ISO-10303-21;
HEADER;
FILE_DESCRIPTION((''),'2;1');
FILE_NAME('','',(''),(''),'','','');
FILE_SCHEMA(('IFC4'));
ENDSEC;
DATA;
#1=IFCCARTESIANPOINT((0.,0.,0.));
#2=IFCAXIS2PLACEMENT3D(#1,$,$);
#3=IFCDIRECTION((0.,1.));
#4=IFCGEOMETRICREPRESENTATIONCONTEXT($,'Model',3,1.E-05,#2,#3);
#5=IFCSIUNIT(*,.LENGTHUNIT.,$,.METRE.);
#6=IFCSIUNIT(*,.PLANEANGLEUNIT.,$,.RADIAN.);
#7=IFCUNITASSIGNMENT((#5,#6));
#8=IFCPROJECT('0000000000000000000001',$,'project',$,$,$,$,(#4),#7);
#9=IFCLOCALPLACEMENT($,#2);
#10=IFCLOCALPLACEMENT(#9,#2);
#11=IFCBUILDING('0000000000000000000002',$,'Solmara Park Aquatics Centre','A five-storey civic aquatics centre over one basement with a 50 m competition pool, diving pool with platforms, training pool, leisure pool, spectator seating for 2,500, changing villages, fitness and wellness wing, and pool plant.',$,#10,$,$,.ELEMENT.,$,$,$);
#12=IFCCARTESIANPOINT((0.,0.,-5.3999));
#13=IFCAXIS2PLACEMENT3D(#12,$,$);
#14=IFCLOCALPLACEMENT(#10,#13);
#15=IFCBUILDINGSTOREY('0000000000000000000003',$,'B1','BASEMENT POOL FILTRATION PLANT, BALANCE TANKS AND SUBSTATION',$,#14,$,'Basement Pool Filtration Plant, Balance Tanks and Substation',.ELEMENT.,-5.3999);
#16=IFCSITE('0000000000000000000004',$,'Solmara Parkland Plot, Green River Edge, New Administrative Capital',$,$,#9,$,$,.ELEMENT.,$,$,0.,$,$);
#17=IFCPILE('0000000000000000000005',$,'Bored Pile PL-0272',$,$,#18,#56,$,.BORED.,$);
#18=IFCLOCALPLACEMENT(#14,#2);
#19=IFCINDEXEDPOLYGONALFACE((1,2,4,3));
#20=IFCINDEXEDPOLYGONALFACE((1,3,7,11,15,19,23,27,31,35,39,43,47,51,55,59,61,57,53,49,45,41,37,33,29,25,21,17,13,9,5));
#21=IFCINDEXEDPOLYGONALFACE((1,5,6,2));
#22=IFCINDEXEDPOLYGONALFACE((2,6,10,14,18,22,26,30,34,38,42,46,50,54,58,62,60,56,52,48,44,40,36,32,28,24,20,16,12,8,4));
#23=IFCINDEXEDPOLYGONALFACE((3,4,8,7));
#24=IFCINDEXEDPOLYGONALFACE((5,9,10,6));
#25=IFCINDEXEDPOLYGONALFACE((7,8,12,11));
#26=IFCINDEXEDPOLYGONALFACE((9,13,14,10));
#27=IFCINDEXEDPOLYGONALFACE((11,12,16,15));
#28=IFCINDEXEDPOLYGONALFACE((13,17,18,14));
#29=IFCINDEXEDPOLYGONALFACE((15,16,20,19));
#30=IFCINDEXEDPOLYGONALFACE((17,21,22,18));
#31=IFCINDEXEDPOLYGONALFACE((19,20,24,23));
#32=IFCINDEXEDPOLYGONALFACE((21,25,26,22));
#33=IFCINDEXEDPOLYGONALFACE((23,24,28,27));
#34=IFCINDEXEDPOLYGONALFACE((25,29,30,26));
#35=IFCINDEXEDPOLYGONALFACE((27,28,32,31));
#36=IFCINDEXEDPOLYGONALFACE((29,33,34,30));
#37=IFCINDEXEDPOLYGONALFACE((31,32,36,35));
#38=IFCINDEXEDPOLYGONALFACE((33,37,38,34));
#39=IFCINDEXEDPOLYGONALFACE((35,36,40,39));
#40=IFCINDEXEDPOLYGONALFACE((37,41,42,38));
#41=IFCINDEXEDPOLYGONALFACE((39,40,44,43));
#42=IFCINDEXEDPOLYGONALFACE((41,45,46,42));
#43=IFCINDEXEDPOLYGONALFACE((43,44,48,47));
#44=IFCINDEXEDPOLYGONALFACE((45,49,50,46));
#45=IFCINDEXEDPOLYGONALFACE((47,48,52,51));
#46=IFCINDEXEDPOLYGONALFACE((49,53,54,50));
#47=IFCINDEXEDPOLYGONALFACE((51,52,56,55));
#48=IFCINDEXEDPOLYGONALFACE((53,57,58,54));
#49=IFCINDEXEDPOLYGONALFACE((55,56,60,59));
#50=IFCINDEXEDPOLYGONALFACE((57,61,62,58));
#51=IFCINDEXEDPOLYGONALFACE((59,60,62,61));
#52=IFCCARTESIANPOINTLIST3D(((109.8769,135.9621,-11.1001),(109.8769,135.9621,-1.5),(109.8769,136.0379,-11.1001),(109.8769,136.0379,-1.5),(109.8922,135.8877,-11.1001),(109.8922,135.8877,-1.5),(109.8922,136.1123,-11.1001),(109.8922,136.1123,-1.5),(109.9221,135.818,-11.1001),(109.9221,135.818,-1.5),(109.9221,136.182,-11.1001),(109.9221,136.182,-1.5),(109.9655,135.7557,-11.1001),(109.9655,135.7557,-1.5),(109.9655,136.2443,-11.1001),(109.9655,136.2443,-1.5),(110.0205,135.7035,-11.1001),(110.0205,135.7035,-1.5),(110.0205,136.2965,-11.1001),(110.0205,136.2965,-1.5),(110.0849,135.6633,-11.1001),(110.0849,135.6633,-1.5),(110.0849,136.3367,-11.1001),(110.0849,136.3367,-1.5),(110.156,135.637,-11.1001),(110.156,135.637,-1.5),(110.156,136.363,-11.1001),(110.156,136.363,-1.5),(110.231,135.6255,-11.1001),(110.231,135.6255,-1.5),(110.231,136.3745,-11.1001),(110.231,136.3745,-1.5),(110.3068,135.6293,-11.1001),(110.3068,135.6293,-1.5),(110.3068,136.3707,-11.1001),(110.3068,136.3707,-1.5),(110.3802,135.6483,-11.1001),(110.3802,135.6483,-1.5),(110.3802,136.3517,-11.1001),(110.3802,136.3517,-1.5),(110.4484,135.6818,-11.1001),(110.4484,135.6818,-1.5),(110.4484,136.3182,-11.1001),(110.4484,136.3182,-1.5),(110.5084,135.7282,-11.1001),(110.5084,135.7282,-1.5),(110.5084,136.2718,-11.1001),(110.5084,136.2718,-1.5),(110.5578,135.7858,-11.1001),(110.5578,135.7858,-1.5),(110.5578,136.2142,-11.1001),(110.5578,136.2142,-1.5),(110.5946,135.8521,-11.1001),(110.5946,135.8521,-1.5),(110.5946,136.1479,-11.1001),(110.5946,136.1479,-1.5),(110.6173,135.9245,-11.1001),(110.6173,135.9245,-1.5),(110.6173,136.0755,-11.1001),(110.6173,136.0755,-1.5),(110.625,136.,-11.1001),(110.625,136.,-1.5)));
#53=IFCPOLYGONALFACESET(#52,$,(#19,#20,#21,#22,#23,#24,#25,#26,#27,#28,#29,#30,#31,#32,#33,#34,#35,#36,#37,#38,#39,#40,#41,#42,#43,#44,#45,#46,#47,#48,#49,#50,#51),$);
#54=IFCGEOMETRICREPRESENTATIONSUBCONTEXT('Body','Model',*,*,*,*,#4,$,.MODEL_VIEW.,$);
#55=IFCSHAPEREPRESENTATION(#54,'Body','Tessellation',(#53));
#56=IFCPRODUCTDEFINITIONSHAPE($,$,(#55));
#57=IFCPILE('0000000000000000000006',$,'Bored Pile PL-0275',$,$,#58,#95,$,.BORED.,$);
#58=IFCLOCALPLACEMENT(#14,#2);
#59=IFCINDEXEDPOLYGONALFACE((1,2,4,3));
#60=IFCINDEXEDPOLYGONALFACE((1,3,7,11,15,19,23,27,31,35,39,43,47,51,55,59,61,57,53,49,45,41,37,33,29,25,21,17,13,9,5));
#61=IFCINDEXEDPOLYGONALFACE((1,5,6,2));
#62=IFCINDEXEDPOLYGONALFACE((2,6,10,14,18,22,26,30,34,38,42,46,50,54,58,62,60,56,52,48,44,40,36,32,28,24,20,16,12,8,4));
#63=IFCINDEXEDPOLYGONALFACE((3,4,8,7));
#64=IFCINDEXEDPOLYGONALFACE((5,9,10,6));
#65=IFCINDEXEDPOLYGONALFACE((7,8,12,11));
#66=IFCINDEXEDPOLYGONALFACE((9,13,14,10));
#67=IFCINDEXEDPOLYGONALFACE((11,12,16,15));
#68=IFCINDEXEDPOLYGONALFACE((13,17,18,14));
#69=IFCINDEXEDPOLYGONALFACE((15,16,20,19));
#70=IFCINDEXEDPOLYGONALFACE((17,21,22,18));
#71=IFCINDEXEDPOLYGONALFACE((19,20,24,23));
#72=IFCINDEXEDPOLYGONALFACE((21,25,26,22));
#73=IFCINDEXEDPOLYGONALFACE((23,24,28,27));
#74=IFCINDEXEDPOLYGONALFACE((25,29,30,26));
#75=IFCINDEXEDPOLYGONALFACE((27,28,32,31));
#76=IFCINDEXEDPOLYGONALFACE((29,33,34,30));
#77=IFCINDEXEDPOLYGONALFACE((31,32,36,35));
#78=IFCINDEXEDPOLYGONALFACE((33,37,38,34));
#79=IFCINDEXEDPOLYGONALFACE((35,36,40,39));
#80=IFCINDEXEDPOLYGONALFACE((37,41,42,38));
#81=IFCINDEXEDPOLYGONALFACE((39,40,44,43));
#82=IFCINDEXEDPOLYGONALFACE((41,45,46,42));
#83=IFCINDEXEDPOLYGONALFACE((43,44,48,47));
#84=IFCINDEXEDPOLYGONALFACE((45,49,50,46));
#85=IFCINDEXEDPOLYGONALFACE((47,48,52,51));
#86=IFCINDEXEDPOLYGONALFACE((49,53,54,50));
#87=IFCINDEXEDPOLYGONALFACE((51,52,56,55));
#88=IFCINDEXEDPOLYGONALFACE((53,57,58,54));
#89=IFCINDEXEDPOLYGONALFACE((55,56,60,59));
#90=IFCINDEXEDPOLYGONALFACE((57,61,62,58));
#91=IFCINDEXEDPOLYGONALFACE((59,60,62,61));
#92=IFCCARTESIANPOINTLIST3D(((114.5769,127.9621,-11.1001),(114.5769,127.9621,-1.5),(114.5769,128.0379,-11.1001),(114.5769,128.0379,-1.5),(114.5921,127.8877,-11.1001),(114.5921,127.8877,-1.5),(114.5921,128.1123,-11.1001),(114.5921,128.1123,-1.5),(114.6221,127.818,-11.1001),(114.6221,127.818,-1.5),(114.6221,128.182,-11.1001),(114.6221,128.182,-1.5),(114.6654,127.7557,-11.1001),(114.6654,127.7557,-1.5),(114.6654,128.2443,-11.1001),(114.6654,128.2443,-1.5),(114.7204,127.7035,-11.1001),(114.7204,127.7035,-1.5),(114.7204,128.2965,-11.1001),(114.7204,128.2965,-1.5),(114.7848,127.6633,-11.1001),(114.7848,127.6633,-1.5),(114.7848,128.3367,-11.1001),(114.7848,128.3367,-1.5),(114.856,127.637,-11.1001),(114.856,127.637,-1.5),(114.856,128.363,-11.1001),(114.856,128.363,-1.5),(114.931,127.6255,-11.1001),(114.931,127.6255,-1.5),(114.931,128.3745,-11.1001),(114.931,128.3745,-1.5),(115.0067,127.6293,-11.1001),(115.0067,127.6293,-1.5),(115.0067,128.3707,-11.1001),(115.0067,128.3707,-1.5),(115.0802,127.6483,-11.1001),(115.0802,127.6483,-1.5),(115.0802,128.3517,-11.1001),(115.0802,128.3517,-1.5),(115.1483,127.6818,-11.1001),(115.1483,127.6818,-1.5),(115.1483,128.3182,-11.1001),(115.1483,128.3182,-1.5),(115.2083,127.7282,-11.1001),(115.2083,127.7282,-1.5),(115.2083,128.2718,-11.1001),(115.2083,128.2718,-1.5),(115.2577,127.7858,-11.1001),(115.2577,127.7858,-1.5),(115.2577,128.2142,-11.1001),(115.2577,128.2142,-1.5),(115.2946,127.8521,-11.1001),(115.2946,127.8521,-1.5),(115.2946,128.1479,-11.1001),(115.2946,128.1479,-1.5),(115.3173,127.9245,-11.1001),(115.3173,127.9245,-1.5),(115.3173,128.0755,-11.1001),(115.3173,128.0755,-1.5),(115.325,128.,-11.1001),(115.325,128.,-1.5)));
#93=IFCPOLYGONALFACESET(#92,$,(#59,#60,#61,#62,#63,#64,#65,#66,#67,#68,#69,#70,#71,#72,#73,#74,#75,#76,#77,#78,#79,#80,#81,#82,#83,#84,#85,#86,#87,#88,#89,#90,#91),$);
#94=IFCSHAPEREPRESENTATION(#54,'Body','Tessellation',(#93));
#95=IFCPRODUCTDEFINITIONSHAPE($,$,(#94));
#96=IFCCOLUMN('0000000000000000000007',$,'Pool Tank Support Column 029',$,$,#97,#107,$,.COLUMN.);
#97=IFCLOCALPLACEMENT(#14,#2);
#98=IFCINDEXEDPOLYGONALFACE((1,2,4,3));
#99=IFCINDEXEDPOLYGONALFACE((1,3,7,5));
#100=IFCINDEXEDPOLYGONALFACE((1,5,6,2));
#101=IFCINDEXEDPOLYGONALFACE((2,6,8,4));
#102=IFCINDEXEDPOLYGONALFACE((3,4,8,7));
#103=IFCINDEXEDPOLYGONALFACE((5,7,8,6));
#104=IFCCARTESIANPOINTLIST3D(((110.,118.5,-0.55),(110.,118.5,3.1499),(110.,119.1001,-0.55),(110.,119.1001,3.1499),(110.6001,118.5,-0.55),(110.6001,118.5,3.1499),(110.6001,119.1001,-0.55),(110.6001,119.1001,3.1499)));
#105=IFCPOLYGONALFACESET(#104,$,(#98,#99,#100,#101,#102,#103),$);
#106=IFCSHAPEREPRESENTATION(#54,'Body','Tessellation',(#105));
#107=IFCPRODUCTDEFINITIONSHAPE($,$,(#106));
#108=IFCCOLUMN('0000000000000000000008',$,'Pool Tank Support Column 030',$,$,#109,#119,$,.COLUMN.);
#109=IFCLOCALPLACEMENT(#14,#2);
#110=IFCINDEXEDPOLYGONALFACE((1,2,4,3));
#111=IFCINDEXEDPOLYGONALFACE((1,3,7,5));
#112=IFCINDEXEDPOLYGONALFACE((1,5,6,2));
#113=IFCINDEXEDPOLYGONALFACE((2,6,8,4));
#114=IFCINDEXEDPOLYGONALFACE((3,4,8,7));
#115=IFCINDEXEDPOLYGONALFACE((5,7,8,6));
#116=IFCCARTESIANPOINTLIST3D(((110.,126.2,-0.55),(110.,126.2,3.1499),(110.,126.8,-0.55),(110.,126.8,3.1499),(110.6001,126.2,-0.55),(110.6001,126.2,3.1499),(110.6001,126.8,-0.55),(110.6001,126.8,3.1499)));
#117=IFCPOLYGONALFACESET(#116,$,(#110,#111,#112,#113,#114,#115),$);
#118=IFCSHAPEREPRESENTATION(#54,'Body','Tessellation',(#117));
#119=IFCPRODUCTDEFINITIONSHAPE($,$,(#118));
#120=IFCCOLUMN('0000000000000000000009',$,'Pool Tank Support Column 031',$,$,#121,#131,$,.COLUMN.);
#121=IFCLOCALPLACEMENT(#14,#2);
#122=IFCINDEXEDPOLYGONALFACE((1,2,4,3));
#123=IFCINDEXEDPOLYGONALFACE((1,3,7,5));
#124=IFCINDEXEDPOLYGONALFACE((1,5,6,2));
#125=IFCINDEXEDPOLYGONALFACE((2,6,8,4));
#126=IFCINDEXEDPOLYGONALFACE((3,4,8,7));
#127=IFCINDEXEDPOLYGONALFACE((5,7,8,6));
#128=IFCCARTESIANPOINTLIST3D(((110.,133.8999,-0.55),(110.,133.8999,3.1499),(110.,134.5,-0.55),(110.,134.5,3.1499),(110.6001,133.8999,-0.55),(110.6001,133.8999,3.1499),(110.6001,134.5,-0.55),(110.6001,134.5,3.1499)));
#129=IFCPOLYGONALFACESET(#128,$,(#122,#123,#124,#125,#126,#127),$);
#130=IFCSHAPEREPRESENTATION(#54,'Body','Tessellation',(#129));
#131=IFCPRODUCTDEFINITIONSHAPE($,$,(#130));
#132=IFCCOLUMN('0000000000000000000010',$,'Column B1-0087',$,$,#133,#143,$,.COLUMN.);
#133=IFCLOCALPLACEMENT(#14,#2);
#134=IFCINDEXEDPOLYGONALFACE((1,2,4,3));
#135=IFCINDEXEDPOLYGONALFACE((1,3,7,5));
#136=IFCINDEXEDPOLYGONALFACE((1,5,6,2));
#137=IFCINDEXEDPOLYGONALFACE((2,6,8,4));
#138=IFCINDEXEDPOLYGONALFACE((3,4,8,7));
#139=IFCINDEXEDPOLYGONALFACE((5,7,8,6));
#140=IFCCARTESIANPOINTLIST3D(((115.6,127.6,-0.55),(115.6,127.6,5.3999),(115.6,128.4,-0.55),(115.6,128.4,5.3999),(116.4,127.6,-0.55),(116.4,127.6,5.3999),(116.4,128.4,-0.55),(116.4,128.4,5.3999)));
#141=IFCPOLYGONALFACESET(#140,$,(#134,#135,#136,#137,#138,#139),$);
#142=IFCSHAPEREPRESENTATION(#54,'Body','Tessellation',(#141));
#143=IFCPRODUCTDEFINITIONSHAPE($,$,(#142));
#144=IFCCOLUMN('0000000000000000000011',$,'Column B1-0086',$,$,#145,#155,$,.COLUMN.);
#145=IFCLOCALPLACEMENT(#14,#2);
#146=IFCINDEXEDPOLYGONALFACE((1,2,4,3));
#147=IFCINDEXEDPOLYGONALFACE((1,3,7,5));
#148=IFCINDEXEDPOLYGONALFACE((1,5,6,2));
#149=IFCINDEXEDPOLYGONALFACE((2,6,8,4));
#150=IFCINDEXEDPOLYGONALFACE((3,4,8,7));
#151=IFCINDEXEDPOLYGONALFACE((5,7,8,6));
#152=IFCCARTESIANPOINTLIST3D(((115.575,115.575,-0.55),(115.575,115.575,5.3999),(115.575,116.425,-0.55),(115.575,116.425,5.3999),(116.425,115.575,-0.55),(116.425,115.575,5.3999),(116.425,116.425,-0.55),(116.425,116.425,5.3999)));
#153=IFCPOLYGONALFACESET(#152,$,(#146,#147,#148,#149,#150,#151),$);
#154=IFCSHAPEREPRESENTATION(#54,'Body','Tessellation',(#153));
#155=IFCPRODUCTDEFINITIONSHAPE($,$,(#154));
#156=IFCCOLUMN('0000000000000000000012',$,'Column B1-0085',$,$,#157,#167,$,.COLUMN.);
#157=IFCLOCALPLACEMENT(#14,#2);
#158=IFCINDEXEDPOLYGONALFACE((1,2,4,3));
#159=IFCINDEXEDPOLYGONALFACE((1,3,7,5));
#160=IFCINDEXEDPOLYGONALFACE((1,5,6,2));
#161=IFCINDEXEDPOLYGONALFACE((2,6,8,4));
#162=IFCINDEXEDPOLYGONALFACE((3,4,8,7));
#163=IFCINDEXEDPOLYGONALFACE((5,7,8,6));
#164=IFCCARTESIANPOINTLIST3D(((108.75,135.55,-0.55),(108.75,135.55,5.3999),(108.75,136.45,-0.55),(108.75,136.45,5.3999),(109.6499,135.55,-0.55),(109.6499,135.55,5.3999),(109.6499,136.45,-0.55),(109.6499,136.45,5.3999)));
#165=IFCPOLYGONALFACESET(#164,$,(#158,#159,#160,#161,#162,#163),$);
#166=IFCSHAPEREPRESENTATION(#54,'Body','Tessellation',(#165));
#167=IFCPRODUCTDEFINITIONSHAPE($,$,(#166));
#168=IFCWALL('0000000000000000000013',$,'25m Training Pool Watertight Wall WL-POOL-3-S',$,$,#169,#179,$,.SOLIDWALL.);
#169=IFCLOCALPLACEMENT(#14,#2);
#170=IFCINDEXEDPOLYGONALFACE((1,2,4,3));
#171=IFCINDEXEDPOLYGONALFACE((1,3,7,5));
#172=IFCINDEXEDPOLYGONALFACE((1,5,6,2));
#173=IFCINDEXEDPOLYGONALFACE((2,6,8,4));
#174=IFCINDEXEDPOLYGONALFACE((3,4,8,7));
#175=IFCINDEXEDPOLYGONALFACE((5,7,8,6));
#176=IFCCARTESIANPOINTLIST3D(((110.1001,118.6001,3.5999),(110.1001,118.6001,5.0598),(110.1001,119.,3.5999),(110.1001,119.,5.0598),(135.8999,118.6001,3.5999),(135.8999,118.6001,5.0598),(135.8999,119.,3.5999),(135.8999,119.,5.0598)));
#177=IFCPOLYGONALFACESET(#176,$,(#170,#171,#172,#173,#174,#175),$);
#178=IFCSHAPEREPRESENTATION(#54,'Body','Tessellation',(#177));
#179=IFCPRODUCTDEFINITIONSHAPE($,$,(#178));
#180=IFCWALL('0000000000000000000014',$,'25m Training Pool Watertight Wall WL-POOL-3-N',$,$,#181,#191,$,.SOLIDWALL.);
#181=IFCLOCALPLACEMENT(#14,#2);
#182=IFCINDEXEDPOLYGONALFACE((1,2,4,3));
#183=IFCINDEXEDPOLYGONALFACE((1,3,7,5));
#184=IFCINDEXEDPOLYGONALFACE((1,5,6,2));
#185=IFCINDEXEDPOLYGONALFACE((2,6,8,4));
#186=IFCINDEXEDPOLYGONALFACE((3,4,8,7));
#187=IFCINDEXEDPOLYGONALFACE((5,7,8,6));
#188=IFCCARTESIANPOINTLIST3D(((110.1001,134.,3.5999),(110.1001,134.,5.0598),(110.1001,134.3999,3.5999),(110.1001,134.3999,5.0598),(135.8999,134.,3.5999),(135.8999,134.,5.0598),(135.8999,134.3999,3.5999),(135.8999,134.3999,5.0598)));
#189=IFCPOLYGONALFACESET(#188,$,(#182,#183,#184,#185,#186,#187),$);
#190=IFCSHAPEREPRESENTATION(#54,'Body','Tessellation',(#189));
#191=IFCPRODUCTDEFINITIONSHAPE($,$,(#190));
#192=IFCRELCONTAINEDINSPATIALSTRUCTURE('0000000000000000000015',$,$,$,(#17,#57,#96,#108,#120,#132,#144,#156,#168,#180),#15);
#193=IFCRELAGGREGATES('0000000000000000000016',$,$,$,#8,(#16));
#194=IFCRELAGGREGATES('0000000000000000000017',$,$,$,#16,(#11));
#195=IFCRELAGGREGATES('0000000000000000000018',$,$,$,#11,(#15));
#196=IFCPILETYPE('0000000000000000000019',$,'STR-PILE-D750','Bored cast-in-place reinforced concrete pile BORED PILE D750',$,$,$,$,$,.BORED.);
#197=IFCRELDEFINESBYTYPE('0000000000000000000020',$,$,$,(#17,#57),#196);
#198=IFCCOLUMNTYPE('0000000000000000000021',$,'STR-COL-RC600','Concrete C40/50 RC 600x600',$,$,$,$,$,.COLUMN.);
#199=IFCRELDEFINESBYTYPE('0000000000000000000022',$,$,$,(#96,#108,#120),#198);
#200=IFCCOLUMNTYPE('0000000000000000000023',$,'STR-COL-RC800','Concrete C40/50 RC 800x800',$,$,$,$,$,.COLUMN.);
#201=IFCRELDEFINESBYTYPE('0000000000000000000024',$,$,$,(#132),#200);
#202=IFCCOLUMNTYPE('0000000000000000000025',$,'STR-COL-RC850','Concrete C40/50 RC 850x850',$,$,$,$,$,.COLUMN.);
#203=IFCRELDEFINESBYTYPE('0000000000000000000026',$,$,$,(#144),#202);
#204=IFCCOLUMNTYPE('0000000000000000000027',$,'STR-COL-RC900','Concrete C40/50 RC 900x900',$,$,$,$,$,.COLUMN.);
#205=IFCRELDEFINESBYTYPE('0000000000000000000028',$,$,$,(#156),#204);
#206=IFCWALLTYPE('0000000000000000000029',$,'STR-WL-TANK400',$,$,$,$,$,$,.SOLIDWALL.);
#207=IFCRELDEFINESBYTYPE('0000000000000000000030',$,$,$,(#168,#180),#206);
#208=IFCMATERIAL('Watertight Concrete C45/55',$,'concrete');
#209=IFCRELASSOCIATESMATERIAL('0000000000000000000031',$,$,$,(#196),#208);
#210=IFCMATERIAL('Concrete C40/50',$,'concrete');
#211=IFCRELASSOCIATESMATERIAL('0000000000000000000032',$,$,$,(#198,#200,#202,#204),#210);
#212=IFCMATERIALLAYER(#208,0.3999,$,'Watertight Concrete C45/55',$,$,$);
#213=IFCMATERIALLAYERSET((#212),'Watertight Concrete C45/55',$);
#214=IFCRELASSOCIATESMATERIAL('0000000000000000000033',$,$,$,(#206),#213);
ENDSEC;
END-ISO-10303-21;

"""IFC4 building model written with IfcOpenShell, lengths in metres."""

from ifc_helpers import new_model, si_unit, direction, frame, frame_2d, origin, origin_2d, place, context, subcontext, project, spatial, rectangle, circle, extrude, material, layer, layer_set, material_profile, profile_set, type_object, element, save


model = new_model("IFC4")

# Units and contexts
model_context = context("Model", 3, precision=1e-05, world=origin(), true_north=direction((0.0, 1.0)))
body_context = subcontext(model_context, "Body", "Model", "MODEL_VIEW")
ifc_project = project(units=[si_unit("LENGTHUNIT", "METRE"), si_unit("PLANEANGLEUNIT", "RADIAN")], contexts=[model_context])

# Site, building, storey
site_placement = place(None, origin())
site = spatial("IfcSite", under=ifc_project, at=site_placement, Name="Solmara Parkland Plot, Green River Edge, New Administrative Capital", CompositionType="ELEMENT", RefElevation=0.0)
building_placement = place(site_placement, origin())
building = spatial("IfcBuilding", under=site, at=building_placement, Name="Solmara Park Aquatics Centre", Description="A five-storey civic aquatics centre over one basement with a 50 m competition pool, diving pool with platforms, training pool, leisure pool, spectator seating for 2,500, changing villages, fitness and wellness wing, and pool plant.", CompositionType="ELEMENT")
storey_placement = place(building_placement, frame((0.0, 0.0, -5.3999)))
storey = spatial("IfcBuildingStorey", under=building, at=storey_placement, Name="B1", Description="BASEMENT POOL FILTRATION PLANT, BALANCE TANKS AND SUBSTATION", LongName="Basement Pool Filtration Plant, Balance Tanks and Substation", CompositionType="ELEMENT", Elevation=-5.3999)

# Shared definitions
ifc_material_1 = material(Name="Watertight Concrete C45/55", Category="concrete")

# Piles
ifc_material_profile_1 = material_profile(ifc_material_1, circle(Radius=0.375, at=origin_2d()), Name="BORED PILE D750")
ifc_profile_set_1 = profile_set([ifc_material_profile_1], Name="Watertight Concrete C45/55")
pile_type_1 = type_object("IfcPileType", Name="STR-PILE-D750", Description="Bored cast-in-place reinforced concrete pile BORED PILE D750", PredefinedType="BORED", material=ifc_profile_set_1)
for number, where, z_axis, x_axis, name in (
    (1, (110.25, 136.0, -1.5), (0.0, 0.0, -1.0), (1.0, 0.0, 0.0), "Bored Pile PL-0272"),
    (2, (114.95, 128.0, -1.5), (0.0, 0.0, -1.0), (1.0, 0.0, 0.0), "Bored Pile PL-0275"),
):
    element("IfcPile", number, at=place(storey_placement, frame(where, z_axis=z_axis, x_axis=x_axis)), inside=storey, type_object=pile_type_1, Name=name, PredefinedType="BORED", context=body_context, shape_type="SweptSolid", body=[
        extrude(circle(Radius=0.375, at=origin_2d()), origin(), (0.0, 0.0, 1.0), 9.6001),
    ])

# Columns
ifc_material_2 = material(Name="Concrete C40/50", Category="concrete")
ifc_material_profile_2 = material_profile(ifc_material_2, rectangle(XDim=0.6001, YDim=0.6001, at=origin_2d()), Name="RC 600x600")
ifc_profile_set_2 = profile_set([ifc_material_profile_2], Name="Concrete C40/50")
column_type_1 = type_object("IfcColumnType", Name="STR-COL-RC600", Description="Concrete C40/50 RC 600x600", PredefinedType="COLUMN", material=ifc_profile_set_2)
for number, where, z_axis, x_axis, name in (
    (3, (110.3, 118.8, -0.55), (0.0, 0.0, 1.0), (1.0, 0.0, 0.0), "Pool Tank Support Column 029"),
    (4, (110.3, 126.5, -0.55), (0.0, 0.0, 1.0), (1.0, 0.0, 0.0), "Pool Tank Support Column 030"),
    (5, (110.3, 134.2, -0.55), (0.0, 0.0, 1.0), (1.0, 0.0, 0.0), "Pool Tank Support Column 031"),
):
    element("IfcColumn", number, at=place(storey_placement, frame(where, z_axis=z_axis, x_axis=x_axis)), inside=storey, type_object=column_type_1, Name=name, PredefinedType="COLUMN", context=body_context, shape_type="SweptSolid", body=[
        extrude(rectangle(XDim=0.6001, YDim=0.6001, at=origin_2d()), origin(), (0.0, 0.0, 1.0), 3.7),
    ])
ifc_material_profile_3 = material_profile(ifc_material_2, rectangle(XDim=0.8, YDim=0.8, at=origin_2d()), Name="RC 800x800")
ifc_profile_set_3 = profile_set([ifc_material_profile_3], Name="Concrete C40/50")
column_type_2 = type_object("IfcColumnType", Name="STR-COL-RC800", Description="Concrete C40/50 RC 800x800", PredefinedType="COLUMN", material=ifc_profile_set_3)
column_1_placement = place(storey_placement, frame((116.0, 128.0, -0.55), z_axis=(0.0, 0.0, 1.0), x_axis=(1.0, 0.0, 0.0)))
element("IfcColumn", 6, at=column_1_placement, inside=storey, type_object=column_type_2, Name="Column B1-0087", PredefinedType="COLUMN", context=body_context, shape_type="SweptSolid", body=[
    extrude(rectangle(XDim=0.8, YDim=0.8, at=origin_2d()), origin(), (0.0, 0.0, 1.0), 5.95),
])
ifc_material_profile_4 = material_profile(ifc_material_2, rectangle(XDim=0.8501, YDim=0.8501, at=origin_2d()), Name="RC 850x850")
ifc_profile_set_4 = profile_set([ifc_material_profile_4], Name="Concrete C40/50")
column_type_3 = type_object("IfcColumnType", Name="STR-COL-RC850", Description="Concrete C40/50 RC 850x850", PredefinedType="COLUMN", material=ifc_profile_set_4)
column_2_placement = place(storey_placement, frame((116.0, 116.0, -0.55), z_axis=(0.0, 0.0, 1.0), x_axis=(1.0, 0.0, 0.0)))
element("IfcColumn", 7, at=column_2_placement, inside=storey, type_object=column_type_3, Name="Column B1-0086", PredefinedType="COLUMN", context=body_context, shape_type="SweptSolid", body=[
    extrude(rectangle(XDim=0.8501, YDim=0.8501, at=origin_2d()), origin(), (0.0, 0.0, 1.0), 5.95),
])
ifc_material_profile_5 = material_profile(ifc_material_2, rectangle(XDim=0.8999, YDim=0.8999, at=origin_2d()), Name="RC 900x900")
ifc_profile_set_5 = profile_set([ifc_material_profile_5], Name="Concrete C40/50")
column_type_4 = type_object("IfcColumnType", Name="STR-COL-RC900", Description="Concrete C40/50 RC 900x900", PredefinedType="COLUMN", material=ifc_profile_set_5)
column_3_placement = place(storey_placement, frame((109.2, 136.0, -0.55), z_axis=(0.0, 0.0, 1.0), x_axis=(1.0, 0.0, 0.0)))
element("IfcColumn", 8, at=column_3_placement, inside=storey, type_object=column_type_4, Name="Column B1-0085", PredefinedType="COLUMN", context=body_context, shape_type="SweptSolid", body=[
    extrude(rectangle(XDim=0.8999, YDim=0.8999, at=origin_2d()), origin(), (0.0, 0.0, 1.0), 5.95),
])

# Walls
ifc_layer = layer(ifc_material_1, 0.3999, Name="Watertight Concrete C45/55")
ifc_layer_set = layer_set([ifc_layer], Name="Watertight Concrete C45/55")
wall_type = type_object("IfcWallType", Name="STR-WL-TANK400", PredefinedType="SOLIDWALL", material=ifc_layer_set)
for number, where, z_axis, x_axis, name in (
    (9, (110.1001, 118.8, 3.5999), (0.0, 0.0, 1.0), (1.0, 0.0, 0.0), "25m Training Pool Watertight Wall WL-POOL-3-S"),
    (10, (110.1001, 134.2, 3.5999), (0.0, 0.0, 1.0), (1.0, 0.0, 0.0), "25m Training Pool Watertight Wall WL-POOL-3-N"),
):
    element("IfcWall", number, at=place(storey_placement, frame(where, z_axis=z_axis, x_axis=x_axis)), inside=storey, type_object=wall_type, Name=name, PredefinedType="SOLIDWALL", context=body_context, shape_type="SweptSolid", body=[
        extrude(rectangle(XDim=25.7998, YDim=0.3999, at=frame_2d((12.8999, 0.0))), origin(), (0.0, 0.0, 1.0), 1.46),
    ])

save(model, "model.ifc")
